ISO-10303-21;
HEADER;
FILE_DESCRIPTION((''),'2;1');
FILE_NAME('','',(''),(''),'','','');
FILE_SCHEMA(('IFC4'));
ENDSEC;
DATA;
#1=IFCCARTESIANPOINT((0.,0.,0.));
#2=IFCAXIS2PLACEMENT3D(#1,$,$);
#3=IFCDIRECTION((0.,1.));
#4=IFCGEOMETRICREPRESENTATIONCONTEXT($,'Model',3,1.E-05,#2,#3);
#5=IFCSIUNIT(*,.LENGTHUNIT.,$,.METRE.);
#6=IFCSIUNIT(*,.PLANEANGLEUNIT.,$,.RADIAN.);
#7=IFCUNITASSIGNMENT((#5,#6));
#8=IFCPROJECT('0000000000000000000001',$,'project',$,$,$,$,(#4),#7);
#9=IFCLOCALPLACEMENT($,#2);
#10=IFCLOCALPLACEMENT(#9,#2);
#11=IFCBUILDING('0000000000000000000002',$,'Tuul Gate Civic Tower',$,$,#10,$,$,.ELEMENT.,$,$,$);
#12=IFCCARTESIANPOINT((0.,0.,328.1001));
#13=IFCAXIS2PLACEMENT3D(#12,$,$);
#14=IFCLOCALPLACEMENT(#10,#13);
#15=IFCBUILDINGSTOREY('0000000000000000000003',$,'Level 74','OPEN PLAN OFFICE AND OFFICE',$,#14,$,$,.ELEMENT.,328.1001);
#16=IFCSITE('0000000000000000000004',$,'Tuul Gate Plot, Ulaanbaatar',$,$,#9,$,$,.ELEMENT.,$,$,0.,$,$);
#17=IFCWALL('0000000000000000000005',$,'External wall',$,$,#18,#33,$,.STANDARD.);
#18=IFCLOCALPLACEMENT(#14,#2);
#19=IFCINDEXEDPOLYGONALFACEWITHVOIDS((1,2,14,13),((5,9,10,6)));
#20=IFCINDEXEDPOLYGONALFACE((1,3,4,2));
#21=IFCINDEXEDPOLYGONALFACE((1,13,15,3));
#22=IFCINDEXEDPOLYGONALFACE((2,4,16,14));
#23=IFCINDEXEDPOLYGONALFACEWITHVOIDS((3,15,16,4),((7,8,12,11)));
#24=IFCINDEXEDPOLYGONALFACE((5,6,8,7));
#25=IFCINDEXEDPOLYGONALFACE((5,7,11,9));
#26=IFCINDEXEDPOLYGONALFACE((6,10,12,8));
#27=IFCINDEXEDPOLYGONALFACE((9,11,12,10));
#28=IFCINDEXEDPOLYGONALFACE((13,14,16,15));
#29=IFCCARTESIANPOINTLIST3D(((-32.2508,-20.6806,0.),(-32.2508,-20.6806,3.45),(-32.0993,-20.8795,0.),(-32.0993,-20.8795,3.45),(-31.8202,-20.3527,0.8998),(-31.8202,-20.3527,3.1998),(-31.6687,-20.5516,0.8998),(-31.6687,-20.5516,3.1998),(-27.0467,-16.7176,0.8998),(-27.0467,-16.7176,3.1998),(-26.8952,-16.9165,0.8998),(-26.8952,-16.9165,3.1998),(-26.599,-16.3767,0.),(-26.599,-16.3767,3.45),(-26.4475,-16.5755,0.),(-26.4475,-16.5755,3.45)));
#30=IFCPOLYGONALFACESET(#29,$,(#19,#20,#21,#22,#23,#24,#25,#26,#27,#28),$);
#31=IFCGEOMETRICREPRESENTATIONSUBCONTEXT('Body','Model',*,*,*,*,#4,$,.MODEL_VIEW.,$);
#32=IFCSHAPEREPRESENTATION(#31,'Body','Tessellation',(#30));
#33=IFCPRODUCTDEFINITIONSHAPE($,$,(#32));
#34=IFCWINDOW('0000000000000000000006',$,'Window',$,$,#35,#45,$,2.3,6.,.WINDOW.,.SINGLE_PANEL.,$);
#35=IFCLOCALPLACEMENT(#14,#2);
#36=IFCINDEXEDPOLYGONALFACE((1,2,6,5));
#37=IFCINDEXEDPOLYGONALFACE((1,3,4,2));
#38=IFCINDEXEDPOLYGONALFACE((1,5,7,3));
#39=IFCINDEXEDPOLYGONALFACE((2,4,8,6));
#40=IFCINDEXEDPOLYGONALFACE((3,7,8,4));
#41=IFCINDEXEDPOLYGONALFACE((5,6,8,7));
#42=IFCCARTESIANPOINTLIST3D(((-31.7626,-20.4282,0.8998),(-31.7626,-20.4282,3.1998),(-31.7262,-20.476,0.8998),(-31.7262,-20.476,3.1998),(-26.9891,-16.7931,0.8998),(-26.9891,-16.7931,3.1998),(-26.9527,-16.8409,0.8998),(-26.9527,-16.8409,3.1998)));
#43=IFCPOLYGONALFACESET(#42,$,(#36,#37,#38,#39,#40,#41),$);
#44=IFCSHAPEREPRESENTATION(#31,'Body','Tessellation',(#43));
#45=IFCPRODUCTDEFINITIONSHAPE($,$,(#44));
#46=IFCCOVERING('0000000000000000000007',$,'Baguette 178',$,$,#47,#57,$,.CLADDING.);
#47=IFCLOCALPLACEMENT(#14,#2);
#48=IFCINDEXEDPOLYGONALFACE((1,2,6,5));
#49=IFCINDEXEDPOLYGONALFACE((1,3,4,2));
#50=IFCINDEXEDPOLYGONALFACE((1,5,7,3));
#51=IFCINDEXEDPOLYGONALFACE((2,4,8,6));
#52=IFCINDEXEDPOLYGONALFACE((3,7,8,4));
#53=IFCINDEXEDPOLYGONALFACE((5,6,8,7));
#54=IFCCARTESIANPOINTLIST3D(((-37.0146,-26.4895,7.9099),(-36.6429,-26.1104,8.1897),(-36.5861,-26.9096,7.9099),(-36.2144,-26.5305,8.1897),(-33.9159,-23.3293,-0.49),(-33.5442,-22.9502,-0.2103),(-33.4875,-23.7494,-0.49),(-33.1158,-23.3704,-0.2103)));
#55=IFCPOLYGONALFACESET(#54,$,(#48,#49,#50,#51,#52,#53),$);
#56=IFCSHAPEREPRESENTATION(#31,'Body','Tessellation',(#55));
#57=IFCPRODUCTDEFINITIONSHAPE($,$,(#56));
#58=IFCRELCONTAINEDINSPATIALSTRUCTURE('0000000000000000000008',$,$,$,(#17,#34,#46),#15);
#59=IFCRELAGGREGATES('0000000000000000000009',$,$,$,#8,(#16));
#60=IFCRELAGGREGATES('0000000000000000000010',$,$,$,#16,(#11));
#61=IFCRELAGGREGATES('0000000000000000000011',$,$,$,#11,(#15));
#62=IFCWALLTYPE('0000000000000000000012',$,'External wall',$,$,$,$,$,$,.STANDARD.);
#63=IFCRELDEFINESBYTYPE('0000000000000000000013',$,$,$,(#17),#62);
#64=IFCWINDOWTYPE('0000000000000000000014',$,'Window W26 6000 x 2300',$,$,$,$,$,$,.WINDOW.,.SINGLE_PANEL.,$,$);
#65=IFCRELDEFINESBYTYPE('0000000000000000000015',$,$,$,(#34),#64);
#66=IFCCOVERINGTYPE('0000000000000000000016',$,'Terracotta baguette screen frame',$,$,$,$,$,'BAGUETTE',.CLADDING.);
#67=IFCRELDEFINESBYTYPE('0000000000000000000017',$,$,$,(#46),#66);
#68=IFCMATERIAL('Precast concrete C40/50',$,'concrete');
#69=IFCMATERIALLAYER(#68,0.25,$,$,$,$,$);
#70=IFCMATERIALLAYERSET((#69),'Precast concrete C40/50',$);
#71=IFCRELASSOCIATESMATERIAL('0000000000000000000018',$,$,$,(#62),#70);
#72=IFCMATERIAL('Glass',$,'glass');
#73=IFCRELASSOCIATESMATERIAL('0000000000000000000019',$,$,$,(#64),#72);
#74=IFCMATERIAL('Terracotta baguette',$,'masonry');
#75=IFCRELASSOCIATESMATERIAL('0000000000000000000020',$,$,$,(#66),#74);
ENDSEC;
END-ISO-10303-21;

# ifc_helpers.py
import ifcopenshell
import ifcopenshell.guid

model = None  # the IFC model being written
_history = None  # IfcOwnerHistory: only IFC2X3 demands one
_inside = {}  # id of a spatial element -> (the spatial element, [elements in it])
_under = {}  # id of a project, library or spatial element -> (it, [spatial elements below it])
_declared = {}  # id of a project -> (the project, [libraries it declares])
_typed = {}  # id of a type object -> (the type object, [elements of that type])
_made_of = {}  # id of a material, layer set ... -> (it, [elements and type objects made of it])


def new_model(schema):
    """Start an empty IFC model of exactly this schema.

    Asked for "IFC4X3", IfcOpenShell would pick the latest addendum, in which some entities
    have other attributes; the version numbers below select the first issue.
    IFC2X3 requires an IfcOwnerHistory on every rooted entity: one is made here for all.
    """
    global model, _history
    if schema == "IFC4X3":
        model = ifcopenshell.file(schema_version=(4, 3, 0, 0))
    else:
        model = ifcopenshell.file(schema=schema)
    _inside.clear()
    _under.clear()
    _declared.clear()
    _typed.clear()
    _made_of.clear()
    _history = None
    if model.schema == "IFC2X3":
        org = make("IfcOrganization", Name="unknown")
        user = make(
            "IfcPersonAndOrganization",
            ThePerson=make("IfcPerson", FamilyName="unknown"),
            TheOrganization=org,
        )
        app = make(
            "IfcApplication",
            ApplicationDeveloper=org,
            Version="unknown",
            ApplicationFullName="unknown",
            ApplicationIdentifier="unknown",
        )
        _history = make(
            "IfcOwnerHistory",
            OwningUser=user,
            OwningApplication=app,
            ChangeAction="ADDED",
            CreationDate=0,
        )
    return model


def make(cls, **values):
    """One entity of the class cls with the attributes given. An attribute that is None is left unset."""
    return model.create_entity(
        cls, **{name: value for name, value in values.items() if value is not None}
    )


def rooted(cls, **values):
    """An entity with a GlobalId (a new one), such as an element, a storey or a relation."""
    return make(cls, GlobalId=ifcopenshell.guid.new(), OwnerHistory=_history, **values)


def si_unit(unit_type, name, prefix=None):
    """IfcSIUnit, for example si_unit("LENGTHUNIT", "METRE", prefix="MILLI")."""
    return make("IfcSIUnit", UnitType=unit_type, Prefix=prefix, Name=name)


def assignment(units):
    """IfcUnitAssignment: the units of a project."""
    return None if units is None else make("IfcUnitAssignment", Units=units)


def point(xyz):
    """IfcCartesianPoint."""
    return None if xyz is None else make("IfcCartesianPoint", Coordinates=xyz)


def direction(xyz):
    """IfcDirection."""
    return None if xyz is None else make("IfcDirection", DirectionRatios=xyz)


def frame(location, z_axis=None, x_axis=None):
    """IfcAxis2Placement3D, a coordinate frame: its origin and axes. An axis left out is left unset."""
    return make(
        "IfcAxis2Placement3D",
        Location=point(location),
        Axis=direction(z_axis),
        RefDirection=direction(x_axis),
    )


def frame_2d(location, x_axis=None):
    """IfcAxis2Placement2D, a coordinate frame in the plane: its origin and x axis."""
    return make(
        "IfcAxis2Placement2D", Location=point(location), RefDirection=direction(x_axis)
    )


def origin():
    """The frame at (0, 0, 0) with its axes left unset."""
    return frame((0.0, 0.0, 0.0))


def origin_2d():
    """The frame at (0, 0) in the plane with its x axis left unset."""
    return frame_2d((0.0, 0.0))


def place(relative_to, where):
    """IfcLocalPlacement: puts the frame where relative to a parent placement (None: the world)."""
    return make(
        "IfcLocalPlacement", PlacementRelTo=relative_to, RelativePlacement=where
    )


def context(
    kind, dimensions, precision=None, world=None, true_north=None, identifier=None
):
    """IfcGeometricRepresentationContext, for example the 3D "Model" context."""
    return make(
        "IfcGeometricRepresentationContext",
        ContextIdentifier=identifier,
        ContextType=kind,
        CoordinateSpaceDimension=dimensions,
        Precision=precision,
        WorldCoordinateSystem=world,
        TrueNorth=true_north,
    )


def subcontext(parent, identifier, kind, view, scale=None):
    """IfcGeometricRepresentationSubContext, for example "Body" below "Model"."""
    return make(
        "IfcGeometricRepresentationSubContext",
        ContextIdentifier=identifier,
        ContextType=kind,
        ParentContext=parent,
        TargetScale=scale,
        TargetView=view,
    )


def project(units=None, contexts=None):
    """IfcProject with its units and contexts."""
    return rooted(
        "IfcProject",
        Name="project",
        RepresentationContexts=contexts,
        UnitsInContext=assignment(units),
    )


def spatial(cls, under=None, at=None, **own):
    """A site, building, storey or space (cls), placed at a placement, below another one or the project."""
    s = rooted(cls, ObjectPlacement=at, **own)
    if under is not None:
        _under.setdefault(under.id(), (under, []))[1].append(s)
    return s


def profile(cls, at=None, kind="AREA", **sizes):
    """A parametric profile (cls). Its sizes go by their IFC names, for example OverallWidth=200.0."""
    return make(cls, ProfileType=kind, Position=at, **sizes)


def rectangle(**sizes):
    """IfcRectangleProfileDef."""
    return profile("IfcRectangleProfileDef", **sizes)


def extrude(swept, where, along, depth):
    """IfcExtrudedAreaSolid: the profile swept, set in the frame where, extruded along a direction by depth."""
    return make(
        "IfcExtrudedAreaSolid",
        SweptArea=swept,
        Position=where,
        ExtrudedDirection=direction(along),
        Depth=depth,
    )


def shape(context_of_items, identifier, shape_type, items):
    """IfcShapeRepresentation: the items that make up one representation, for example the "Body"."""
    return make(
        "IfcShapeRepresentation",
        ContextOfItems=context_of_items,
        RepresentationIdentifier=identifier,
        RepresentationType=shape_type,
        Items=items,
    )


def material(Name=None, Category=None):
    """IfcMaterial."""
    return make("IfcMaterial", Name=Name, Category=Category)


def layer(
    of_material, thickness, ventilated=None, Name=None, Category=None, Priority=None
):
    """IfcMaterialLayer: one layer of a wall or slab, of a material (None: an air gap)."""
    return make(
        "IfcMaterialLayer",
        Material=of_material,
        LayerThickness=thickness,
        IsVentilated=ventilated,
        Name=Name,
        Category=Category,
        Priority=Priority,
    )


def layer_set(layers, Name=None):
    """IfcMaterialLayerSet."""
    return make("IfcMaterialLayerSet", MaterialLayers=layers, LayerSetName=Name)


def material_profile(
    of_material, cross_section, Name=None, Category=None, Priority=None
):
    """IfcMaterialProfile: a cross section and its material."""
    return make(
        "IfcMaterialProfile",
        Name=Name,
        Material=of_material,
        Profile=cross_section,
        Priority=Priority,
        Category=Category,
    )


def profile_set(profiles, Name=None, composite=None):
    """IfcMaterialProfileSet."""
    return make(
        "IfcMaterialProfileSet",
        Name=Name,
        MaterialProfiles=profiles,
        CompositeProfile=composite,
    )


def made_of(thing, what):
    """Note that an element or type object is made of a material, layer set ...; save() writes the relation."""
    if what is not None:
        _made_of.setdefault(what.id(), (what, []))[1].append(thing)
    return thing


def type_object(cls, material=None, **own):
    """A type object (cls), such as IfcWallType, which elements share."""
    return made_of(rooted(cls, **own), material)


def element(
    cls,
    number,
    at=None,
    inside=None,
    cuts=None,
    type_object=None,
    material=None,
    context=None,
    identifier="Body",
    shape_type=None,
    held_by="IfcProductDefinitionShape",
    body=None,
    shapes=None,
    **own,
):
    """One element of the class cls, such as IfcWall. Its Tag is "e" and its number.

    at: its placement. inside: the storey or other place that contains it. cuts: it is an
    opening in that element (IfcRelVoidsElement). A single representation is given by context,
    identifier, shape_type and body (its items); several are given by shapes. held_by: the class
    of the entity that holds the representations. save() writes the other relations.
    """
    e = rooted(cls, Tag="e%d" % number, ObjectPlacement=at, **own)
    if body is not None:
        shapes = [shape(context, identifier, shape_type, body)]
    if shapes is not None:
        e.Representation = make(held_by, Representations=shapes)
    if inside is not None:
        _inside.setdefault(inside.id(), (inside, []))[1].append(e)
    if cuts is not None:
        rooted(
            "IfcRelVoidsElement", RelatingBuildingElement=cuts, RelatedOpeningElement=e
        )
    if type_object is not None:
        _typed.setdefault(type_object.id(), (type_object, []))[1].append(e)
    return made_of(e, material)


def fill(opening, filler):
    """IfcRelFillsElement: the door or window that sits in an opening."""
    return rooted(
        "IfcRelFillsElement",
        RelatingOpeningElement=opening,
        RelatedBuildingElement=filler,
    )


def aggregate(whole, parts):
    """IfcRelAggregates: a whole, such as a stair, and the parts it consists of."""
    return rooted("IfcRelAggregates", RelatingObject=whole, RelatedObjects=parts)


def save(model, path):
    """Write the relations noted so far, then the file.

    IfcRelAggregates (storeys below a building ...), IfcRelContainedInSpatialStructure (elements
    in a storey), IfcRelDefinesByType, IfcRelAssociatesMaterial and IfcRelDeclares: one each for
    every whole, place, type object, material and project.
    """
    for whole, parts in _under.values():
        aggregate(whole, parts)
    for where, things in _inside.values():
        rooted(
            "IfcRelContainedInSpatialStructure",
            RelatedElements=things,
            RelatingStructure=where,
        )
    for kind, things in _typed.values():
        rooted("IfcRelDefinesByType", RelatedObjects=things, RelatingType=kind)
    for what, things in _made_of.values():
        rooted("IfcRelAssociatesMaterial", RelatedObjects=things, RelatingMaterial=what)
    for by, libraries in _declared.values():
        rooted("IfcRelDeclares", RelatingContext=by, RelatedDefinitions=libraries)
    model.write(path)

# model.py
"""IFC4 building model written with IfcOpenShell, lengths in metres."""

from ifc_helpers import new_model, si_unit, direction, frame, frame_2d, origin, origin_2d, place, context, subcontext, project, spatial, rectangle, extrude, material, layer, layer_set, material_profile, profile_set, type_object, element, fill, save


model = new_model("IFC4")

# Units and contexts
model_context = context("Model", 3, precision=1e-05, world=origin(), true_north=direction((0.0, 1.0)))
body_context = subcontext(model_context, "Body", "Model", "MODEL_VIEW")
ifc_project = project(units=[si_unit("LENGTHUNIT", "METRE"), si_unit("PLANEANGLEUNIT", "RADIAN")], contexts=[model_context])

# Site, building, storey
site_placement = place(None, origin())
site = spatial("IfcSite", under=ifc_project, at=site_placement, Name="Tuul Gate Plot, Ulaanbaatar", CompositionType="ELEMENT", RefElevation=0.0)
building_placement = place(site_placement, origin())
building = spatial("IfcBuilding", under=site, at=building_placement, Name="Tuul Gate Civic Tower", CompositionType="ELEMENT")
storey_placement = place(building_placement, frame((0.0, 0.0, 328.1001)))
storey = spatial("IfcBuildingStorey", under=building, at=storey_placement, Name="Level 74", Description="OPEN PLAN OFFICE AND OFFICE", CompositionType="ELEMENT", Elevation=328.1001)

# Wall, opening, window
ifc_material_1 = material(Name="Precast concrete C40/50", Category="concrete")
ifc_layer_1 = layer(ifc_material_1, 0.25)
ifc_layer_set_1 = layer_set([ifc_layer_1], Name="Precast concrete C40/50")
wall_type_1 = type_object("IfcWallType", Name="External wall", PredefinedType="STANDARD", material=ifc_layer_set_1)
ifc_material_2 = material(Name="Glass", Category="glass")
window_type_1 = type_object("IfcWindowType", Name="Window W26 6000 x 2300", PartitioningType="SINGLE_PANEL", PredefinedType="WINDOW", material=ifc_material_2)
wall_1_placement = place(storey_placement, frame((-32.175, -20.78, 0.0), z_axis=(0.0, 0.0, 1.0), x_axis=(0.795582, 0.605845, 0.0)))
wall_1 = element("IfcWall", 1, at=wall_1_placement, inside=storey, type_object=wall_type_1, Name="External wall", PredefinedType="STANDARD", context=body_context, shape_type="SweptSolid", body=[
    extrude(rectangle(XDim=7.104, YDim=0.25, at=frame_2d((3.552, 0.0))), origin(), (0.0, 0.0, 1.0), 3.45),
])
opening_1_placement = place(wall_1_placement, frame((0.5413, 0.0, 0.8999)))
opening_1 = element("IfcOpeningElement", 2, at=opening_1_placement, cuts=wall_1, PredefinedType="OPENING", context=body_context, shape_type="SweptSolid", body=[
    extrude(rectangle(XDim=6.0, YDim=2.3, at=frame_2d((3.0, 1.1499))), frame((0.0, 0.135, 0.0), z_axis=(0.0, -1.0, 0.0), x_axis=(1.0, 0.0, 0.0)), (0.0, 0.0, 1.0), 0.27),
])
window_1_placement = place(opening_1_placement, origin())
window_1 = element("IfcWindow", 3, at=window_1_placement, inside=storey, type_object=window_type_1, Name="Window", OverallHeight=2.3, OverallWidth=6.0, PartitioningType="SINGLE_PANEL", PredefinedType="WINDOW", context=body_context, shape_type="SweptSolid", body=[
    extrude(rectangle(XDim=6.0, YDim=2.3, at=frame_2d((3.0, 1.1499))), frame((0.0, 0.03, 0.0), z_axis=(0.0, -1.0, 0.0), x_axis=(1.0, 0.0, 0.0)), (0.0, 0.0, 1.0), 0.0601),
])
fill(opening_1, window_1)

# Covering
ifc_material_3 = material(Name="Terracotta baguette", Category="masonry")
ifc_material_profile_1 = material_profile(ifc_material_3, rectangle(XDim=0.6001, YDim=0.6001, at=origin_2d()), Name="Terracotta baguette screen frame")
ifc_profile_set_1 = profile_set([ifc_material_profile_1], Name="Terracotta baguette")
covering_type = type_object("IfcCoveringType", Name="Terracotta baguette screen frame", ElementType="BAGUETTE", PredefinedType="CLADDING", material=ifc_profile_set_1)
covering_placement = place(storey_placement, frame((-36.6145, -26.51, 8.0498), z_axis=(0.326359, 0.332839, -0.884708), x_axis=(-0.714023, 0.700122, 0.0)))
element("IfcCovering", 4, at=covering_placement, inside=storey, type_object=covering_type, Name="Baguette 178", PredefinedType="CLADDING", context=body_context, shape_type="SweptSolid", body=[
    extrude(rectangle(XDim=0.6001, YDim=0.6001, at=origin_2d()), origin(), (0.0, 0.0, 1.0), 9.4946),
])

save(model, "model.ifc")
